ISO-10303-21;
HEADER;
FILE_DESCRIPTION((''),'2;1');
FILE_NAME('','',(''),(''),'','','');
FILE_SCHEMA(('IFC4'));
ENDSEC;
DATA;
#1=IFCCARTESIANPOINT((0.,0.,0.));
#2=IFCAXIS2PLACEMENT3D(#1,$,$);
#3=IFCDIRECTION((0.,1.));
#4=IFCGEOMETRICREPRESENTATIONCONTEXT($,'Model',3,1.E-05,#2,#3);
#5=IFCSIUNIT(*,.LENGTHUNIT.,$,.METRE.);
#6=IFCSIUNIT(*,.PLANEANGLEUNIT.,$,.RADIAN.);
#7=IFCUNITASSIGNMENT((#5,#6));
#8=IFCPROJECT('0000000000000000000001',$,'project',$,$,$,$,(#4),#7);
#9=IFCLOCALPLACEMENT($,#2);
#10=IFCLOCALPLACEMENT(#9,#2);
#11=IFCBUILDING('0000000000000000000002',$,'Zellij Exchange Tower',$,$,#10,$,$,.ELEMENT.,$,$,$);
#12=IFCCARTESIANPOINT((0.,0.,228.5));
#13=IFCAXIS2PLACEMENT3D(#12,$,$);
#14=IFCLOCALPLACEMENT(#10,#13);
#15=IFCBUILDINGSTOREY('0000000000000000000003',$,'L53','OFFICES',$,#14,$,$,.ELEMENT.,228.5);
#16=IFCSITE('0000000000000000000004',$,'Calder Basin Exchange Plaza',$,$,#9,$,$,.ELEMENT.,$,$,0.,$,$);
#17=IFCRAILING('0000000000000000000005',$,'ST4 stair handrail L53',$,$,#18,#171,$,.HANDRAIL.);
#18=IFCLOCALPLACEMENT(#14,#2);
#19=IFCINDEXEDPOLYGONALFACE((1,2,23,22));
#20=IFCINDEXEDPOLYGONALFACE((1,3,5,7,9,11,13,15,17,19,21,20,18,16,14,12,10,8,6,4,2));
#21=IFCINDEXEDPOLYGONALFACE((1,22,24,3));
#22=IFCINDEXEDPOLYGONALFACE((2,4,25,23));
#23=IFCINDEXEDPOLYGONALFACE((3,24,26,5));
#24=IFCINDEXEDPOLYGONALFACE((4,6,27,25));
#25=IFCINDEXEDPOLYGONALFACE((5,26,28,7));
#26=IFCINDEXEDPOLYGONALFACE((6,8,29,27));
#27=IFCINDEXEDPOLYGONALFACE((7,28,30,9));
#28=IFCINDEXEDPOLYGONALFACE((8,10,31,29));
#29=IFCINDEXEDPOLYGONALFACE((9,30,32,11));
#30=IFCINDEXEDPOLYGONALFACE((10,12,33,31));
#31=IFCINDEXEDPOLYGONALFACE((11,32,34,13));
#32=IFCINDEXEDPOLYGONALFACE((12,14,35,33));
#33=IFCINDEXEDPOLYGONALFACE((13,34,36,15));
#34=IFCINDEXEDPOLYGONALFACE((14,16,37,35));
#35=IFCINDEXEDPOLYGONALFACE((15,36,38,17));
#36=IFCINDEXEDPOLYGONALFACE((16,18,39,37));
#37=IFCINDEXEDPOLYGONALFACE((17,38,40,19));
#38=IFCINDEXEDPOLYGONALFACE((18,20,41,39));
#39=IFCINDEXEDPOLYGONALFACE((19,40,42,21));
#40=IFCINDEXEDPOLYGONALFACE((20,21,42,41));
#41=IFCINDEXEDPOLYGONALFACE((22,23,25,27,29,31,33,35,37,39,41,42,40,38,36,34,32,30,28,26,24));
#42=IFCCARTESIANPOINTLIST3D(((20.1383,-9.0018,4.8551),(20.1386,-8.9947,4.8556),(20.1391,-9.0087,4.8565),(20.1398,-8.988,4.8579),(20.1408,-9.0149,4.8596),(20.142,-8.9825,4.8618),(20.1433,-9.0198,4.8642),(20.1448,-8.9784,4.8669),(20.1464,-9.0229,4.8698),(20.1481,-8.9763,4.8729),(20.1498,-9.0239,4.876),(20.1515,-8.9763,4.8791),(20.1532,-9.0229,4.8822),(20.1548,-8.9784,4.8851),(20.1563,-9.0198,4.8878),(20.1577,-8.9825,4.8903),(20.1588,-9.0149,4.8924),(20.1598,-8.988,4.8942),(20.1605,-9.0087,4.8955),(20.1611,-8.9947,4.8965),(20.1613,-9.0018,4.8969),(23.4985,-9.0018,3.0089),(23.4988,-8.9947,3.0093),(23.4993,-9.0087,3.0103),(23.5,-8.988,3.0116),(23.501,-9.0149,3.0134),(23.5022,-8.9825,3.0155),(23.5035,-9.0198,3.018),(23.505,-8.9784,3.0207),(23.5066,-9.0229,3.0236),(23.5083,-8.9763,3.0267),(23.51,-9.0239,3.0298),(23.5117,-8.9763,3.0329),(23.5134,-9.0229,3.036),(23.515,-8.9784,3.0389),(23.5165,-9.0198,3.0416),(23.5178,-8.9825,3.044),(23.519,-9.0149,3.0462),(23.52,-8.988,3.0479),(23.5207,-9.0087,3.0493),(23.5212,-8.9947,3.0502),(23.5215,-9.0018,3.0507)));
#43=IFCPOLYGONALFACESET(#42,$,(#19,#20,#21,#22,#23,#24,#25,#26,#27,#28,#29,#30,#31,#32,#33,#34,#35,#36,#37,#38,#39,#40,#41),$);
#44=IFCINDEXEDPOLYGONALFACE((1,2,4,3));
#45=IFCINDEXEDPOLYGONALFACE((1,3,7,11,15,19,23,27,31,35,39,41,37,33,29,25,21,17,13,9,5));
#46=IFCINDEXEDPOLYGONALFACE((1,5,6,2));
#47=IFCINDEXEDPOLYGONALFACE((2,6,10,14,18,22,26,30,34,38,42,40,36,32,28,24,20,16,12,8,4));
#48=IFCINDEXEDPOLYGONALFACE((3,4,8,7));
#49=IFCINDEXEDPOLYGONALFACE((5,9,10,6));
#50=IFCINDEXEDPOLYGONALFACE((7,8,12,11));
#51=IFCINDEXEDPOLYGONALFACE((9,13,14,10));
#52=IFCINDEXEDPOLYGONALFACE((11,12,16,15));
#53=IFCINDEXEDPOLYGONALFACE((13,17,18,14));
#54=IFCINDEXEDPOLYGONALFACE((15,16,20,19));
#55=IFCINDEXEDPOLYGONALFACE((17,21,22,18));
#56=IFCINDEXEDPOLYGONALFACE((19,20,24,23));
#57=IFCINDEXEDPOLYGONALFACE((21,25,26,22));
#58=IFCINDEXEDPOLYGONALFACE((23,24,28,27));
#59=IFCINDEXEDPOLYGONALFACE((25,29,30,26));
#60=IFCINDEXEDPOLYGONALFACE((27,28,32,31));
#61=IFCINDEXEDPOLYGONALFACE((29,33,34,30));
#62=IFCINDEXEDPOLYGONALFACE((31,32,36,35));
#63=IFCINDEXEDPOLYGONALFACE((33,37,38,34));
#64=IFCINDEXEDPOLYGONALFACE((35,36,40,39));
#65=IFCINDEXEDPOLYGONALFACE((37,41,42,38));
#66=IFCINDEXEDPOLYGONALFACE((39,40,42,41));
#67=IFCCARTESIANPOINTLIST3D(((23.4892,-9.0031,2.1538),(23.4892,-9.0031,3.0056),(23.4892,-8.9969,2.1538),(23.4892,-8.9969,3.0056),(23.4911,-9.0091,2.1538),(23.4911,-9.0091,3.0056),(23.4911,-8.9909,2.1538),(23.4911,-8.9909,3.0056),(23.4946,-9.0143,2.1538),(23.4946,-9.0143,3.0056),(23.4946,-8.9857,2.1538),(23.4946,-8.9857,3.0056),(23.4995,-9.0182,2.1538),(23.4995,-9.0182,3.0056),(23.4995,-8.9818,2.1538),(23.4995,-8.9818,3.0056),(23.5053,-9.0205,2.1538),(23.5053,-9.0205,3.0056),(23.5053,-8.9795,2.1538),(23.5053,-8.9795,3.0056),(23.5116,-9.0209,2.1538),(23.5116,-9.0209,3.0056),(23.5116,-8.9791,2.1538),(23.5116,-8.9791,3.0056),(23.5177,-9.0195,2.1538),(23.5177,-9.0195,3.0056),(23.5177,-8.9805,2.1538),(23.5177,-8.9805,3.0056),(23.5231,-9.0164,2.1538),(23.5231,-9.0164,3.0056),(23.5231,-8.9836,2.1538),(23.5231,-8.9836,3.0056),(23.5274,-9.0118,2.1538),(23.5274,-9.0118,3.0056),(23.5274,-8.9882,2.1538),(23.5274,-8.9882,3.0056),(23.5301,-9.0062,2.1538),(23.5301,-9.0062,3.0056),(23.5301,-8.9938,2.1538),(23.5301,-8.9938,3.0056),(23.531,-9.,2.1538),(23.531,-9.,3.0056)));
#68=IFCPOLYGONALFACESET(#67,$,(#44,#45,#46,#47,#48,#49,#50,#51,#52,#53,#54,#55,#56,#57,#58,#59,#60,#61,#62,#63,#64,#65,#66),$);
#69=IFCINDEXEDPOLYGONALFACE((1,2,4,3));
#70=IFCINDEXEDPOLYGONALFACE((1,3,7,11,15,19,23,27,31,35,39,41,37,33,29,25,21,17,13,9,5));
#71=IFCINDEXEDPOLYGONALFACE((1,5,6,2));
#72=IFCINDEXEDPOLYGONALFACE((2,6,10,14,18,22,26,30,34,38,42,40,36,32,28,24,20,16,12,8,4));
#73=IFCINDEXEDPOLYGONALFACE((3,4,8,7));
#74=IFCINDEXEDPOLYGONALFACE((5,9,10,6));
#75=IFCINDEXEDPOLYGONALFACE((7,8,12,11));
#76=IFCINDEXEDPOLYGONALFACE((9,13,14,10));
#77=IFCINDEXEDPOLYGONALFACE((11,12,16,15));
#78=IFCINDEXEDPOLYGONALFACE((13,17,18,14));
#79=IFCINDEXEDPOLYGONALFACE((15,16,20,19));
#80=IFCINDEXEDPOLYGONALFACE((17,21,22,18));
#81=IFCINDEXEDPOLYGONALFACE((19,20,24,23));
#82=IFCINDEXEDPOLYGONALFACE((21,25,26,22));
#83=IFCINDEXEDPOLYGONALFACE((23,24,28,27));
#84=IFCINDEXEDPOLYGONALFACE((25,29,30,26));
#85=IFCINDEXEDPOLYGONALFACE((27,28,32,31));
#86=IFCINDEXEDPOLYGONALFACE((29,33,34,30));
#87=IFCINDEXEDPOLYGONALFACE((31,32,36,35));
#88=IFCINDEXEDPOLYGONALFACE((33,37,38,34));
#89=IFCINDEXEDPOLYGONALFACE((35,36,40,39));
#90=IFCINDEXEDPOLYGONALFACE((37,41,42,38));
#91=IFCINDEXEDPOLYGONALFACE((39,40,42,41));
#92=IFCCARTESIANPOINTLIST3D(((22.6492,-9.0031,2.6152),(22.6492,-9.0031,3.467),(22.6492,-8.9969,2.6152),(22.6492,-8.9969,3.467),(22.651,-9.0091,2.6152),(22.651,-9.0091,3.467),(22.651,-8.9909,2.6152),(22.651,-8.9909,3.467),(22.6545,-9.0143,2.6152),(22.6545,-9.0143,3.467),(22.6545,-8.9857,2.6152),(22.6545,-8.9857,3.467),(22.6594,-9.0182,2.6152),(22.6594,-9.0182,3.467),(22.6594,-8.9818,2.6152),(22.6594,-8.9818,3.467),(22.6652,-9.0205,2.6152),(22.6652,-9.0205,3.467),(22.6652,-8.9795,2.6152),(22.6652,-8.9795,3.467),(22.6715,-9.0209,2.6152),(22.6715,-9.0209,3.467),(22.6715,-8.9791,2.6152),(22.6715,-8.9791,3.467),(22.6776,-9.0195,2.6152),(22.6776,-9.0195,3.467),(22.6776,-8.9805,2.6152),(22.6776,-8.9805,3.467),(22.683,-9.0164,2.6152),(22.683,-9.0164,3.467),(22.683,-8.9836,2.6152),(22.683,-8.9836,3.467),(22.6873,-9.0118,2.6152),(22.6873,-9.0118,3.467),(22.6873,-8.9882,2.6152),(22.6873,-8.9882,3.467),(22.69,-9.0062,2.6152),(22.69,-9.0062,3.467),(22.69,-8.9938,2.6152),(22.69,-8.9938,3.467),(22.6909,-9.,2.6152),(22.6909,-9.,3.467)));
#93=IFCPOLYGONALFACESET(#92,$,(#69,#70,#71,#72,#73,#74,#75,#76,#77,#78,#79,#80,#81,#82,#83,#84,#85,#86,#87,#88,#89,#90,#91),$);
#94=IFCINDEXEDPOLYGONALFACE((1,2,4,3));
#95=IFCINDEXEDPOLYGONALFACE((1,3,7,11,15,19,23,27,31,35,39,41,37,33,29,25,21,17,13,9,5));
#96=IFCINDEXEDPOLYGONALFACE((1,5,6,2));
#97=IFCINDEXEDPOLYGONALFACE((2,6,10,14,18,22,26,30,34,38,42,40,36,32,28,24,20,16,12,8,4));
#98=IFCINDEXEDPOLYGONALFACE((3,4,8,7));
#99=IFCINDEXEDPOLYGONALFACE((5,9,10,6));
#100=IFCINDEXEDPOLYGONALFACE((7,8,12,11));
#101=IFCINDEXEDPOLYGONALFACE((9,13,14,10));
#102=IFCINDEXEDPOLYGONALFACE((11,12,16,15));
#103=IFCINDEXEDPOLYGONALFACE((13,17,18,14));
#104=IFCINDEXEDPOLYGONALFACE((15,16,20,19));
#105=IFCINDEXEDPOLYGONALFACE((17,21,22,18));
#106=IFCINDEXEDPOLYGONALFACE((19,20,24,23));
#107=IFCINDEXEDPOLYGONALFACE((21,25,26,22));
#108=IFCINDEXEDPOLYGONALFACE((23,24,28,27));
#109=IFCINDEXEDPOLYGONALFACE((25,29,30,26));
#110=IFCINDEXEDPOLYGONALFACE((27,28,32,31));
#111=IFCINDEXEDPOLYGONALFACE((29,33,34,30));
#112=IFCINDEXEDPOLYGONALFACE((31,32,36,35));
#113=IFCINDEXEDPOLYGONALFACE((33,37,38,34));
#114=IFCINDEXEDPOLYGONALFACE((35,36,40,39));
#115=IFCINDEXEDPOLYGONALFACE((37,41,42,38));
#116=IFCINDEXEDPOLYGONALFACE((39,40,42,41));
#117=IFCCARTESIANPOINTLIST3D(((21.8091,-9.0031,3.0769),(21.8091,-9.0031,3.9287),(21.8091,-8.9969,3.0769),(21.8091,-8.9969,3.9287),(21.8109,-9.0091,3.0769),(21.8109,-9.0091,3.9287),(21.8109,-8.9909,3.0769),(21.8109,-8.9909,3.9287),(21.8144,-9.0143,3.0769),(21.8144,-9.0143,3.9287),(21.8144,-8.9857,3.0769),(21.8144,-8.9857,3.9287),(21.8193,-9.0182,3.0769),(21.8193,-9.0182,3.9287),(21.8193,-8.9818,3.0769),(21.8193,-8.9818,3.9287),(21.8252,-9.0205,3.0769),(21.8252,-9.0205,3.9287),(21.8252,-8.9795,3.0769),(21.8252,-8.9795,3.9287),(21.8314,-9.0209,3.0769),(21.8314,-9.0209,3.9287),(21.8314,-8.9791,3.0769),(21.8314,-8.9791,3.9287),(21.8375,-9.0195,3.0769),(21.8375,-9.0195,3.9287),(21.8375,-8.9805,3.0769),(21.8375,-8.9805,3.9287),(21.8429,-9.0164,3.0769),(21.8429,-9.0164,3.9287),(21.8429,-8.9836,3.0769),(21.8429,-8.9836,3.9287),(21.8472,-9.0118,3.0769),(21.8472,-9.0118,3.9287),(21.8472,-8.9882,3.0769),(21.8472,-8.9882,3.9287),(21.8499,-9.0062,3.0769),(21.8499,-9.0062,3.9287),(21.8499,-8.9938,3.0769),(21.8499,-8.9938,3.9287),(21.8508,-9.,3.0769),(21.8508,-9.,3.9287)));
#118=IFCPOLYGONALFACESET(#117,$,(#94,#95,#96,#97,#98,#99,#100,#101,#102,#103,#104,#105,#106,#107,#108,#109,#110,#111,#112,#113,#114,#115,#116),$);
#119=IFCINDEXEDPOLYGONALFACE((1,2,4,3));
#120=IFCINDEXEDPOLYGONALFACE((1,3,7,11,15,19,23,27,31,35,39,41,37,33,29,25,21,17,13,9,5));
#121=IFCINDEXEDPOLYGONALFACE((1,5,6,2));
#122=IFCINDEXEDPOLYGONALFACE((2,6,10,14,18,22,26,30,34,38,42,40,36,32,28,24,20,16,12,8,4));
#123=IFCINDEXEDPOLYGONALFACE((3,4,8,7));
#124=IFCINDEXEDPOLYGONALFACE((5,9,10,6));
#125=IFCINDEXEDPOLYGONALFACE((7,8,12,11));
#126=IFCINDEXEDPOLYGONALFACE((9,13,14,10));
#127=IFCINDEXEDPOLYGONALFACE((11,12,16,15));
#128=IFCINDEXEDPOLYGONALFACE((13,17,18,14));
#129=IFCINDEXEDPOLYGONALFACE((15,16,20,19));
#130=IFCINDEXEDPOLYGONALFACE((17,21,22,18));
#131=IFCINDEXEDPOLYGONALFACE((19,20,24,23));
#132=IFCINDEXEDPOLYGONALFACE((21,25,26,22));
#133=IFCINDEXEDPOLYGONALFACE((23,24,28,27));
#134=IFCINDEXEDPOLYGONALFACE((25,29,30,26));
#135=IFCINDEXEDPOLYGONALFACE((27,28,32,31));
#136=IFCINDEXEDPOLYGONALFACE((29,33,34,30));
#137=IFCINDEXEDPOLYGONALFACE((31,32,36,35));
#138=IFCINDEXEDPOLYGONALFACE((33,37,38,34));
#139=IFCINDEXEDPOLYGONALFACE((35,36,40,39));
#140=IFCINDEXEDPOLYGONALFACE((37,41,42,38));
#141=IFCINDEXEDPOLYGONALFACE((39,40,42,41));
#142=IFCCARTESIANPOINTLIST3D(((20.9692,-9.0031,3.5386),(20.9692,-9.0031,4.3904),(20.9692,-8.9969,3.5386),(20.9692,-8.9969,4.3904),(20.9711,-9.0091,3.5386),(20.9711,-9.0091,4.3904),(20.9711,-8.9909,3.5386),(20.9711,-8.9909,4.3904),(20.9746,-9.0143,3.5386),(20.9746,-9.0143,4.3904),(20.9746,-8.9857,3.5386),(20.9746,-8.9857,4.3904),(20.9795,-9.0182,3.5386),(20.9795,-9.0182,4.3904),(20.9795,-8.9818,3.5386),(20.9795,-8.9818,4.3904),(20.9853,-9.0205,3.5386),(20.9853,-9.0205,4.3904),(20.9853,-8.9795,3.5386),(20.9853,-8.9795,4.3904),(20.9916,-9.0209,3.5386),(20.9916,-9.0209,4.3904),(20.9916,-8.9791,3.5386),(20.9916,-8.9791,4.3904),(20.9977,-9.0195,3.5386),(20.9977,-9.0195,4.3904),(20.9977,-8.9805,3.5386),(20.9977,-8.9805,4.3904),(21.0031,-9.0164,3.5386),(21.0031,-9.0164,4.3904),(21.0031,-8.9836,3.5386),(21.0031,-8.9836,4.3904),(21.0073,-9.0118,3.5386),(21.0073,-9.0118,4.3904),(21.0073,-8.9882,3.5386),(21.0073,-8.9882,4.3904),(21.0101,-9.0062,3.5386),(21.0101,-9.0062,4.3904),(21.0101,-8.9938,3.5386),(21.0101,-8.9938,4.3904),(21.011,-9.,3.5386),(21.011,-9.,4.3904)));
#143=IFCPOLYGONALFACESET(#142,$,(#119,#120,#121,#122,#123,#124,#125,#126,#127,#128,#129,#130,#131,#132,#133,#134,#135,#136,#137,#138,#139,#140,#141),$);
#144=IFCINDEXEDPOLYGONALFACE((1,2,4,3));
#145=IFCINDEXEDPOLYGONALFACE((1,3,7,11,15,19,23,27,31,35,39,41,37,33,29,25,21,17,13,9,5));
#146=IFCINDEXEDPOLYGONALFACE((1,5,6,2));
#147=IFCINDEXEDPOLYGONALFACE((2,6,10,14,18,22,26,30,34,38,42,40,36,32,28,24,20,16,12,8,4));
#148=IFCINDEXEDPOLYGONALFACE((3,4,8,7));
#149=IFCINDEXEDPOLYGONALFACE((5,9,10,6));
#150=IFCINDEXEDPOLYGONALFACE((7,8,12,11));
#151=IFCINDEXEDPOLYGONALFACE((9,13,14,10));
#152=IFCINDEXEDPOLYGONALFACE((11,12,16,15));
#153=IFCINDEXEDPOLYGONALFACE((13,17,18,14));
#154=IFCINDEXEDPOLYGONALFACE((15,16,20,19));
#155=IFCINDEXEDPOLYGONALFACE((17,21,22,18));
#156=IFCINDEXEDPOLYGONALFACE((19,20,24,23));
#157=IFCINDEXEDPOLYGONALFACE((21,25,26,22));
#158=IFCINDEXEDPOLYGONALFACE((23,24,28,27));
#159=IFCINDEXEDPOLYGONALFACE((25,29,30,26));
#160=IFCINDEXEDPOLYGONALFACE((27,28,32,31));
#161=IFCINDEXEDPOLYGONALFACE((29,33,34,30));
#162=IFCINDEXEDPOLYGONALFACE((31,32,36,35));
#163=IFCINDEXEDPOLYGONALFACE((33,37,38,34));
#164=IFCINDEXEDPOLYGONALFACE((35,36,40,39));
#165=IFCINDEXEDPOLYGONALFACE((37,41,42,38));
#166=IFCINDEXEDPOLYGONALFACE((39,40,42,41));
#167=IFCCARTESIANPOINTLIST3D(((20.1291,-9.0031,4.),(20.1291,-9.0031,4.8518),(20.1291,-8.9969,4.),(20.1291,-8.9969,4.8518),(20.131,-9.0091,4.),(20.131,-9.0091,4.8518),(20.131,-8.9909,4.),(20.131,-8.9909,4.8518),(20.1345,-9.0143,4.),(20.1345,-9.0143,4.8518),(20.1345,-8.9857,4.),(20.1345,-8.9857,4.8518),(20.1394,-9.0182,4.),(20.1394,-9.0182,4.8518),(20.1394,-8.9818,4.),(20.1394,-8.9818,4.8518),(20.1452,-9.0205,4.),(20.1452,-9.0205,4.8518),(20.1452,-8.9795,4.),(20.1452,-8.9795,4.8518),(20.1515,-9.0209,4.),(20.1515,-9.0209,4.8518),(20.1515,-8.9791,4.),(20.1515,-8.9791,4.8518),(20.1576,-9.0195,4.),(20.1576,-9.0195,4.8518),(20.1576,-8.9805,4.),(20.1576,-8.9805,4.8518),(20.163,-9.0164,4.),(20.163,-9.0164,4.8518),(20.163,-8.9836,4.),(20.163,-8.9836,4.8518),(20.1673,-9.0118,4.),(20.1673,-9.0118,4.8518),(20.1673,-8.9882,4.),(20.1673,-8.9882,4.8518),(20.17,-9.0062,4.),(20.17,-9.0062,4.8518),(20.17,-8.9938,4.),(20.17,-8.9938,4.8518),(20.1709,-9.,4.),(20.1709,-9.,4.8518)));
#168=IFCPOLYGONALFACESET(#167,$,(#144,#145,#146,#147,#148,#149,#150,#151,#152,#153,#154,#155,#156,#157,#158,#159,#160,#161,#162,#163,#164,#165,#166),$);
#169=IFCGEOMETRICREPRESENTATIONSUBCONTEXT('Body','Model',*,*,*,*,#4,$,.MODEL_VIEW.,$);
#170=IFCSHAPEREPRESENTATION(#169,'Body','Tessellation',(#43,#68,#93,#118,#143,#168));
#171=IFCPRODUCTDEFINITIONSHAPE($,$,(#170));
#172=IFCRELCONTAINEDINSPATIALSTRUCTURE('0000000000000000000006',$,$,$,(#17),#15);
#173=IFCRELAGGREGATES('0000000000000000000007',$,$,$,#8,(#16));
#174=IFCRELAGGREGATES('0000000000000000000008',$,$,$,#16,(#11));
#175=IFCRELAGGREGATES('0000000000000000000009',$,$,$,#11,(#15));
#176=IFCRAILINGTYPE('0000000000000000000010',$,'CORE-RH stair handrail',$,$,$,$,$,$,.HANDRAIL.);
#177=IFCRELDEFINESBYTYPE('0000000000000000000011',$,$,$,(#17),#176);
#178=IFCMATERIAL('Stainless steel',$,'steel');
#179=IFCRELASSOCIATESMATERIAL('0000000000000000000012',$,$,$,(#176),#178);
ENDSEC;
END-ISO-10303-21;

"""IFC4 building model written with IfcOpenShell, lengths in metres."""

from ifc_helpers import new_model, si_unit, direction, frame, origin, origin_2d, place, context, subcontext, project, spatial, circle, extrude, material, type_object, element, save


model = new_model("IFC4")

# Units and contexts
model_context = context("Model", 3, precision=1e-05, world=origin(), true_north=direction((0.0, 1.0)))
body_context = subcontext(model_context, "Body", "Model", "MODEL_VIEW")
ifc_project = project(units=[si_unit("LENGTHUNIT", "METRE"), si_unit("PLANEANGLEUNIT", "RADIAN")], contexts=[model_context])

# Site, building, storey
site_placement = place(None, origin())
site = spatial("IfcSite", under=ifc_project, at=site_placement, Name="Calder Basin Exchange Plaza", CompositionType="ELEMENT", RefElevation=0.0)
building_placement = place(site_placement, origin())
building = spatial("IfcBuilding", under=site, at=building_placement, Name="Zellij Exchange Tower", CompositionType="ELEMENT")
storey_placement = place(building_placement, frame((0.0, 0.0, 228.5)))
storey = spatial("IfcBuildingStorey", under=building, at=storey_placement, Name="L53", Description="OFFICES", CompositionType="ELEMENT", Elevation=228.5)

# Railing
ifc_material_1 = material(Name="Stainless steel", Category="steel")
railing_type_1 = type_object("IfcRailingType", Name="CORE-RH stair handrail", PredefinedType="HANDRAIL", material=ifc_material_1)
railing_1_placement = place(storey_placement, frame((23.51, -9.0, 2.1538)))
element("IfcRailing", 1, at=railing_1_placement, inside=storey, type_object=railing_type_1, Name="ST4 stair handrail L53", PredefinedType="HANDRAIL", context=body_context, shape_type="SweptSolid", body=[
    extrude(circle(Radius=0.0239, at=origin_2d()), frame((0.0, 0.0, 0.876), z_axis=(-0.876422, 0.0, 0.481545), x_axis=(0.0, -1.0, 0.0)), (0.0, 0.0, 1.0), 3.834),
    extrude(circle(Radius=0.021, at=origin_2d()), origin(), (0.0, 0.0, 1.0), 0.8518),
    extrude(circle(Radius=0.021, at=origin_2d()), frame((-0.8401, 0.0, 0.4614)), (0.0, 0.0, 1.0), 0.8518),
    extrude(circle(Radius=0.021, at=origin_2d()), frame((-1.6802, 0.0, 0.9231)), (0.0, 0.0, 1.0), 0.8518),
    extrude(circle(Radius=0.021, at=origin_2d()), frame((-2.52, 0.0, 1.3848)), (0.0, 0.0, 1.0), 0.8518),
    extrude(circle(Radius=0.021, at=origin_2d()), frame((-3.3601, 0.0, 1.8462)), (0.0, 0.0, 1.0), 0.8518),
])

save(model, "model.ifc")
